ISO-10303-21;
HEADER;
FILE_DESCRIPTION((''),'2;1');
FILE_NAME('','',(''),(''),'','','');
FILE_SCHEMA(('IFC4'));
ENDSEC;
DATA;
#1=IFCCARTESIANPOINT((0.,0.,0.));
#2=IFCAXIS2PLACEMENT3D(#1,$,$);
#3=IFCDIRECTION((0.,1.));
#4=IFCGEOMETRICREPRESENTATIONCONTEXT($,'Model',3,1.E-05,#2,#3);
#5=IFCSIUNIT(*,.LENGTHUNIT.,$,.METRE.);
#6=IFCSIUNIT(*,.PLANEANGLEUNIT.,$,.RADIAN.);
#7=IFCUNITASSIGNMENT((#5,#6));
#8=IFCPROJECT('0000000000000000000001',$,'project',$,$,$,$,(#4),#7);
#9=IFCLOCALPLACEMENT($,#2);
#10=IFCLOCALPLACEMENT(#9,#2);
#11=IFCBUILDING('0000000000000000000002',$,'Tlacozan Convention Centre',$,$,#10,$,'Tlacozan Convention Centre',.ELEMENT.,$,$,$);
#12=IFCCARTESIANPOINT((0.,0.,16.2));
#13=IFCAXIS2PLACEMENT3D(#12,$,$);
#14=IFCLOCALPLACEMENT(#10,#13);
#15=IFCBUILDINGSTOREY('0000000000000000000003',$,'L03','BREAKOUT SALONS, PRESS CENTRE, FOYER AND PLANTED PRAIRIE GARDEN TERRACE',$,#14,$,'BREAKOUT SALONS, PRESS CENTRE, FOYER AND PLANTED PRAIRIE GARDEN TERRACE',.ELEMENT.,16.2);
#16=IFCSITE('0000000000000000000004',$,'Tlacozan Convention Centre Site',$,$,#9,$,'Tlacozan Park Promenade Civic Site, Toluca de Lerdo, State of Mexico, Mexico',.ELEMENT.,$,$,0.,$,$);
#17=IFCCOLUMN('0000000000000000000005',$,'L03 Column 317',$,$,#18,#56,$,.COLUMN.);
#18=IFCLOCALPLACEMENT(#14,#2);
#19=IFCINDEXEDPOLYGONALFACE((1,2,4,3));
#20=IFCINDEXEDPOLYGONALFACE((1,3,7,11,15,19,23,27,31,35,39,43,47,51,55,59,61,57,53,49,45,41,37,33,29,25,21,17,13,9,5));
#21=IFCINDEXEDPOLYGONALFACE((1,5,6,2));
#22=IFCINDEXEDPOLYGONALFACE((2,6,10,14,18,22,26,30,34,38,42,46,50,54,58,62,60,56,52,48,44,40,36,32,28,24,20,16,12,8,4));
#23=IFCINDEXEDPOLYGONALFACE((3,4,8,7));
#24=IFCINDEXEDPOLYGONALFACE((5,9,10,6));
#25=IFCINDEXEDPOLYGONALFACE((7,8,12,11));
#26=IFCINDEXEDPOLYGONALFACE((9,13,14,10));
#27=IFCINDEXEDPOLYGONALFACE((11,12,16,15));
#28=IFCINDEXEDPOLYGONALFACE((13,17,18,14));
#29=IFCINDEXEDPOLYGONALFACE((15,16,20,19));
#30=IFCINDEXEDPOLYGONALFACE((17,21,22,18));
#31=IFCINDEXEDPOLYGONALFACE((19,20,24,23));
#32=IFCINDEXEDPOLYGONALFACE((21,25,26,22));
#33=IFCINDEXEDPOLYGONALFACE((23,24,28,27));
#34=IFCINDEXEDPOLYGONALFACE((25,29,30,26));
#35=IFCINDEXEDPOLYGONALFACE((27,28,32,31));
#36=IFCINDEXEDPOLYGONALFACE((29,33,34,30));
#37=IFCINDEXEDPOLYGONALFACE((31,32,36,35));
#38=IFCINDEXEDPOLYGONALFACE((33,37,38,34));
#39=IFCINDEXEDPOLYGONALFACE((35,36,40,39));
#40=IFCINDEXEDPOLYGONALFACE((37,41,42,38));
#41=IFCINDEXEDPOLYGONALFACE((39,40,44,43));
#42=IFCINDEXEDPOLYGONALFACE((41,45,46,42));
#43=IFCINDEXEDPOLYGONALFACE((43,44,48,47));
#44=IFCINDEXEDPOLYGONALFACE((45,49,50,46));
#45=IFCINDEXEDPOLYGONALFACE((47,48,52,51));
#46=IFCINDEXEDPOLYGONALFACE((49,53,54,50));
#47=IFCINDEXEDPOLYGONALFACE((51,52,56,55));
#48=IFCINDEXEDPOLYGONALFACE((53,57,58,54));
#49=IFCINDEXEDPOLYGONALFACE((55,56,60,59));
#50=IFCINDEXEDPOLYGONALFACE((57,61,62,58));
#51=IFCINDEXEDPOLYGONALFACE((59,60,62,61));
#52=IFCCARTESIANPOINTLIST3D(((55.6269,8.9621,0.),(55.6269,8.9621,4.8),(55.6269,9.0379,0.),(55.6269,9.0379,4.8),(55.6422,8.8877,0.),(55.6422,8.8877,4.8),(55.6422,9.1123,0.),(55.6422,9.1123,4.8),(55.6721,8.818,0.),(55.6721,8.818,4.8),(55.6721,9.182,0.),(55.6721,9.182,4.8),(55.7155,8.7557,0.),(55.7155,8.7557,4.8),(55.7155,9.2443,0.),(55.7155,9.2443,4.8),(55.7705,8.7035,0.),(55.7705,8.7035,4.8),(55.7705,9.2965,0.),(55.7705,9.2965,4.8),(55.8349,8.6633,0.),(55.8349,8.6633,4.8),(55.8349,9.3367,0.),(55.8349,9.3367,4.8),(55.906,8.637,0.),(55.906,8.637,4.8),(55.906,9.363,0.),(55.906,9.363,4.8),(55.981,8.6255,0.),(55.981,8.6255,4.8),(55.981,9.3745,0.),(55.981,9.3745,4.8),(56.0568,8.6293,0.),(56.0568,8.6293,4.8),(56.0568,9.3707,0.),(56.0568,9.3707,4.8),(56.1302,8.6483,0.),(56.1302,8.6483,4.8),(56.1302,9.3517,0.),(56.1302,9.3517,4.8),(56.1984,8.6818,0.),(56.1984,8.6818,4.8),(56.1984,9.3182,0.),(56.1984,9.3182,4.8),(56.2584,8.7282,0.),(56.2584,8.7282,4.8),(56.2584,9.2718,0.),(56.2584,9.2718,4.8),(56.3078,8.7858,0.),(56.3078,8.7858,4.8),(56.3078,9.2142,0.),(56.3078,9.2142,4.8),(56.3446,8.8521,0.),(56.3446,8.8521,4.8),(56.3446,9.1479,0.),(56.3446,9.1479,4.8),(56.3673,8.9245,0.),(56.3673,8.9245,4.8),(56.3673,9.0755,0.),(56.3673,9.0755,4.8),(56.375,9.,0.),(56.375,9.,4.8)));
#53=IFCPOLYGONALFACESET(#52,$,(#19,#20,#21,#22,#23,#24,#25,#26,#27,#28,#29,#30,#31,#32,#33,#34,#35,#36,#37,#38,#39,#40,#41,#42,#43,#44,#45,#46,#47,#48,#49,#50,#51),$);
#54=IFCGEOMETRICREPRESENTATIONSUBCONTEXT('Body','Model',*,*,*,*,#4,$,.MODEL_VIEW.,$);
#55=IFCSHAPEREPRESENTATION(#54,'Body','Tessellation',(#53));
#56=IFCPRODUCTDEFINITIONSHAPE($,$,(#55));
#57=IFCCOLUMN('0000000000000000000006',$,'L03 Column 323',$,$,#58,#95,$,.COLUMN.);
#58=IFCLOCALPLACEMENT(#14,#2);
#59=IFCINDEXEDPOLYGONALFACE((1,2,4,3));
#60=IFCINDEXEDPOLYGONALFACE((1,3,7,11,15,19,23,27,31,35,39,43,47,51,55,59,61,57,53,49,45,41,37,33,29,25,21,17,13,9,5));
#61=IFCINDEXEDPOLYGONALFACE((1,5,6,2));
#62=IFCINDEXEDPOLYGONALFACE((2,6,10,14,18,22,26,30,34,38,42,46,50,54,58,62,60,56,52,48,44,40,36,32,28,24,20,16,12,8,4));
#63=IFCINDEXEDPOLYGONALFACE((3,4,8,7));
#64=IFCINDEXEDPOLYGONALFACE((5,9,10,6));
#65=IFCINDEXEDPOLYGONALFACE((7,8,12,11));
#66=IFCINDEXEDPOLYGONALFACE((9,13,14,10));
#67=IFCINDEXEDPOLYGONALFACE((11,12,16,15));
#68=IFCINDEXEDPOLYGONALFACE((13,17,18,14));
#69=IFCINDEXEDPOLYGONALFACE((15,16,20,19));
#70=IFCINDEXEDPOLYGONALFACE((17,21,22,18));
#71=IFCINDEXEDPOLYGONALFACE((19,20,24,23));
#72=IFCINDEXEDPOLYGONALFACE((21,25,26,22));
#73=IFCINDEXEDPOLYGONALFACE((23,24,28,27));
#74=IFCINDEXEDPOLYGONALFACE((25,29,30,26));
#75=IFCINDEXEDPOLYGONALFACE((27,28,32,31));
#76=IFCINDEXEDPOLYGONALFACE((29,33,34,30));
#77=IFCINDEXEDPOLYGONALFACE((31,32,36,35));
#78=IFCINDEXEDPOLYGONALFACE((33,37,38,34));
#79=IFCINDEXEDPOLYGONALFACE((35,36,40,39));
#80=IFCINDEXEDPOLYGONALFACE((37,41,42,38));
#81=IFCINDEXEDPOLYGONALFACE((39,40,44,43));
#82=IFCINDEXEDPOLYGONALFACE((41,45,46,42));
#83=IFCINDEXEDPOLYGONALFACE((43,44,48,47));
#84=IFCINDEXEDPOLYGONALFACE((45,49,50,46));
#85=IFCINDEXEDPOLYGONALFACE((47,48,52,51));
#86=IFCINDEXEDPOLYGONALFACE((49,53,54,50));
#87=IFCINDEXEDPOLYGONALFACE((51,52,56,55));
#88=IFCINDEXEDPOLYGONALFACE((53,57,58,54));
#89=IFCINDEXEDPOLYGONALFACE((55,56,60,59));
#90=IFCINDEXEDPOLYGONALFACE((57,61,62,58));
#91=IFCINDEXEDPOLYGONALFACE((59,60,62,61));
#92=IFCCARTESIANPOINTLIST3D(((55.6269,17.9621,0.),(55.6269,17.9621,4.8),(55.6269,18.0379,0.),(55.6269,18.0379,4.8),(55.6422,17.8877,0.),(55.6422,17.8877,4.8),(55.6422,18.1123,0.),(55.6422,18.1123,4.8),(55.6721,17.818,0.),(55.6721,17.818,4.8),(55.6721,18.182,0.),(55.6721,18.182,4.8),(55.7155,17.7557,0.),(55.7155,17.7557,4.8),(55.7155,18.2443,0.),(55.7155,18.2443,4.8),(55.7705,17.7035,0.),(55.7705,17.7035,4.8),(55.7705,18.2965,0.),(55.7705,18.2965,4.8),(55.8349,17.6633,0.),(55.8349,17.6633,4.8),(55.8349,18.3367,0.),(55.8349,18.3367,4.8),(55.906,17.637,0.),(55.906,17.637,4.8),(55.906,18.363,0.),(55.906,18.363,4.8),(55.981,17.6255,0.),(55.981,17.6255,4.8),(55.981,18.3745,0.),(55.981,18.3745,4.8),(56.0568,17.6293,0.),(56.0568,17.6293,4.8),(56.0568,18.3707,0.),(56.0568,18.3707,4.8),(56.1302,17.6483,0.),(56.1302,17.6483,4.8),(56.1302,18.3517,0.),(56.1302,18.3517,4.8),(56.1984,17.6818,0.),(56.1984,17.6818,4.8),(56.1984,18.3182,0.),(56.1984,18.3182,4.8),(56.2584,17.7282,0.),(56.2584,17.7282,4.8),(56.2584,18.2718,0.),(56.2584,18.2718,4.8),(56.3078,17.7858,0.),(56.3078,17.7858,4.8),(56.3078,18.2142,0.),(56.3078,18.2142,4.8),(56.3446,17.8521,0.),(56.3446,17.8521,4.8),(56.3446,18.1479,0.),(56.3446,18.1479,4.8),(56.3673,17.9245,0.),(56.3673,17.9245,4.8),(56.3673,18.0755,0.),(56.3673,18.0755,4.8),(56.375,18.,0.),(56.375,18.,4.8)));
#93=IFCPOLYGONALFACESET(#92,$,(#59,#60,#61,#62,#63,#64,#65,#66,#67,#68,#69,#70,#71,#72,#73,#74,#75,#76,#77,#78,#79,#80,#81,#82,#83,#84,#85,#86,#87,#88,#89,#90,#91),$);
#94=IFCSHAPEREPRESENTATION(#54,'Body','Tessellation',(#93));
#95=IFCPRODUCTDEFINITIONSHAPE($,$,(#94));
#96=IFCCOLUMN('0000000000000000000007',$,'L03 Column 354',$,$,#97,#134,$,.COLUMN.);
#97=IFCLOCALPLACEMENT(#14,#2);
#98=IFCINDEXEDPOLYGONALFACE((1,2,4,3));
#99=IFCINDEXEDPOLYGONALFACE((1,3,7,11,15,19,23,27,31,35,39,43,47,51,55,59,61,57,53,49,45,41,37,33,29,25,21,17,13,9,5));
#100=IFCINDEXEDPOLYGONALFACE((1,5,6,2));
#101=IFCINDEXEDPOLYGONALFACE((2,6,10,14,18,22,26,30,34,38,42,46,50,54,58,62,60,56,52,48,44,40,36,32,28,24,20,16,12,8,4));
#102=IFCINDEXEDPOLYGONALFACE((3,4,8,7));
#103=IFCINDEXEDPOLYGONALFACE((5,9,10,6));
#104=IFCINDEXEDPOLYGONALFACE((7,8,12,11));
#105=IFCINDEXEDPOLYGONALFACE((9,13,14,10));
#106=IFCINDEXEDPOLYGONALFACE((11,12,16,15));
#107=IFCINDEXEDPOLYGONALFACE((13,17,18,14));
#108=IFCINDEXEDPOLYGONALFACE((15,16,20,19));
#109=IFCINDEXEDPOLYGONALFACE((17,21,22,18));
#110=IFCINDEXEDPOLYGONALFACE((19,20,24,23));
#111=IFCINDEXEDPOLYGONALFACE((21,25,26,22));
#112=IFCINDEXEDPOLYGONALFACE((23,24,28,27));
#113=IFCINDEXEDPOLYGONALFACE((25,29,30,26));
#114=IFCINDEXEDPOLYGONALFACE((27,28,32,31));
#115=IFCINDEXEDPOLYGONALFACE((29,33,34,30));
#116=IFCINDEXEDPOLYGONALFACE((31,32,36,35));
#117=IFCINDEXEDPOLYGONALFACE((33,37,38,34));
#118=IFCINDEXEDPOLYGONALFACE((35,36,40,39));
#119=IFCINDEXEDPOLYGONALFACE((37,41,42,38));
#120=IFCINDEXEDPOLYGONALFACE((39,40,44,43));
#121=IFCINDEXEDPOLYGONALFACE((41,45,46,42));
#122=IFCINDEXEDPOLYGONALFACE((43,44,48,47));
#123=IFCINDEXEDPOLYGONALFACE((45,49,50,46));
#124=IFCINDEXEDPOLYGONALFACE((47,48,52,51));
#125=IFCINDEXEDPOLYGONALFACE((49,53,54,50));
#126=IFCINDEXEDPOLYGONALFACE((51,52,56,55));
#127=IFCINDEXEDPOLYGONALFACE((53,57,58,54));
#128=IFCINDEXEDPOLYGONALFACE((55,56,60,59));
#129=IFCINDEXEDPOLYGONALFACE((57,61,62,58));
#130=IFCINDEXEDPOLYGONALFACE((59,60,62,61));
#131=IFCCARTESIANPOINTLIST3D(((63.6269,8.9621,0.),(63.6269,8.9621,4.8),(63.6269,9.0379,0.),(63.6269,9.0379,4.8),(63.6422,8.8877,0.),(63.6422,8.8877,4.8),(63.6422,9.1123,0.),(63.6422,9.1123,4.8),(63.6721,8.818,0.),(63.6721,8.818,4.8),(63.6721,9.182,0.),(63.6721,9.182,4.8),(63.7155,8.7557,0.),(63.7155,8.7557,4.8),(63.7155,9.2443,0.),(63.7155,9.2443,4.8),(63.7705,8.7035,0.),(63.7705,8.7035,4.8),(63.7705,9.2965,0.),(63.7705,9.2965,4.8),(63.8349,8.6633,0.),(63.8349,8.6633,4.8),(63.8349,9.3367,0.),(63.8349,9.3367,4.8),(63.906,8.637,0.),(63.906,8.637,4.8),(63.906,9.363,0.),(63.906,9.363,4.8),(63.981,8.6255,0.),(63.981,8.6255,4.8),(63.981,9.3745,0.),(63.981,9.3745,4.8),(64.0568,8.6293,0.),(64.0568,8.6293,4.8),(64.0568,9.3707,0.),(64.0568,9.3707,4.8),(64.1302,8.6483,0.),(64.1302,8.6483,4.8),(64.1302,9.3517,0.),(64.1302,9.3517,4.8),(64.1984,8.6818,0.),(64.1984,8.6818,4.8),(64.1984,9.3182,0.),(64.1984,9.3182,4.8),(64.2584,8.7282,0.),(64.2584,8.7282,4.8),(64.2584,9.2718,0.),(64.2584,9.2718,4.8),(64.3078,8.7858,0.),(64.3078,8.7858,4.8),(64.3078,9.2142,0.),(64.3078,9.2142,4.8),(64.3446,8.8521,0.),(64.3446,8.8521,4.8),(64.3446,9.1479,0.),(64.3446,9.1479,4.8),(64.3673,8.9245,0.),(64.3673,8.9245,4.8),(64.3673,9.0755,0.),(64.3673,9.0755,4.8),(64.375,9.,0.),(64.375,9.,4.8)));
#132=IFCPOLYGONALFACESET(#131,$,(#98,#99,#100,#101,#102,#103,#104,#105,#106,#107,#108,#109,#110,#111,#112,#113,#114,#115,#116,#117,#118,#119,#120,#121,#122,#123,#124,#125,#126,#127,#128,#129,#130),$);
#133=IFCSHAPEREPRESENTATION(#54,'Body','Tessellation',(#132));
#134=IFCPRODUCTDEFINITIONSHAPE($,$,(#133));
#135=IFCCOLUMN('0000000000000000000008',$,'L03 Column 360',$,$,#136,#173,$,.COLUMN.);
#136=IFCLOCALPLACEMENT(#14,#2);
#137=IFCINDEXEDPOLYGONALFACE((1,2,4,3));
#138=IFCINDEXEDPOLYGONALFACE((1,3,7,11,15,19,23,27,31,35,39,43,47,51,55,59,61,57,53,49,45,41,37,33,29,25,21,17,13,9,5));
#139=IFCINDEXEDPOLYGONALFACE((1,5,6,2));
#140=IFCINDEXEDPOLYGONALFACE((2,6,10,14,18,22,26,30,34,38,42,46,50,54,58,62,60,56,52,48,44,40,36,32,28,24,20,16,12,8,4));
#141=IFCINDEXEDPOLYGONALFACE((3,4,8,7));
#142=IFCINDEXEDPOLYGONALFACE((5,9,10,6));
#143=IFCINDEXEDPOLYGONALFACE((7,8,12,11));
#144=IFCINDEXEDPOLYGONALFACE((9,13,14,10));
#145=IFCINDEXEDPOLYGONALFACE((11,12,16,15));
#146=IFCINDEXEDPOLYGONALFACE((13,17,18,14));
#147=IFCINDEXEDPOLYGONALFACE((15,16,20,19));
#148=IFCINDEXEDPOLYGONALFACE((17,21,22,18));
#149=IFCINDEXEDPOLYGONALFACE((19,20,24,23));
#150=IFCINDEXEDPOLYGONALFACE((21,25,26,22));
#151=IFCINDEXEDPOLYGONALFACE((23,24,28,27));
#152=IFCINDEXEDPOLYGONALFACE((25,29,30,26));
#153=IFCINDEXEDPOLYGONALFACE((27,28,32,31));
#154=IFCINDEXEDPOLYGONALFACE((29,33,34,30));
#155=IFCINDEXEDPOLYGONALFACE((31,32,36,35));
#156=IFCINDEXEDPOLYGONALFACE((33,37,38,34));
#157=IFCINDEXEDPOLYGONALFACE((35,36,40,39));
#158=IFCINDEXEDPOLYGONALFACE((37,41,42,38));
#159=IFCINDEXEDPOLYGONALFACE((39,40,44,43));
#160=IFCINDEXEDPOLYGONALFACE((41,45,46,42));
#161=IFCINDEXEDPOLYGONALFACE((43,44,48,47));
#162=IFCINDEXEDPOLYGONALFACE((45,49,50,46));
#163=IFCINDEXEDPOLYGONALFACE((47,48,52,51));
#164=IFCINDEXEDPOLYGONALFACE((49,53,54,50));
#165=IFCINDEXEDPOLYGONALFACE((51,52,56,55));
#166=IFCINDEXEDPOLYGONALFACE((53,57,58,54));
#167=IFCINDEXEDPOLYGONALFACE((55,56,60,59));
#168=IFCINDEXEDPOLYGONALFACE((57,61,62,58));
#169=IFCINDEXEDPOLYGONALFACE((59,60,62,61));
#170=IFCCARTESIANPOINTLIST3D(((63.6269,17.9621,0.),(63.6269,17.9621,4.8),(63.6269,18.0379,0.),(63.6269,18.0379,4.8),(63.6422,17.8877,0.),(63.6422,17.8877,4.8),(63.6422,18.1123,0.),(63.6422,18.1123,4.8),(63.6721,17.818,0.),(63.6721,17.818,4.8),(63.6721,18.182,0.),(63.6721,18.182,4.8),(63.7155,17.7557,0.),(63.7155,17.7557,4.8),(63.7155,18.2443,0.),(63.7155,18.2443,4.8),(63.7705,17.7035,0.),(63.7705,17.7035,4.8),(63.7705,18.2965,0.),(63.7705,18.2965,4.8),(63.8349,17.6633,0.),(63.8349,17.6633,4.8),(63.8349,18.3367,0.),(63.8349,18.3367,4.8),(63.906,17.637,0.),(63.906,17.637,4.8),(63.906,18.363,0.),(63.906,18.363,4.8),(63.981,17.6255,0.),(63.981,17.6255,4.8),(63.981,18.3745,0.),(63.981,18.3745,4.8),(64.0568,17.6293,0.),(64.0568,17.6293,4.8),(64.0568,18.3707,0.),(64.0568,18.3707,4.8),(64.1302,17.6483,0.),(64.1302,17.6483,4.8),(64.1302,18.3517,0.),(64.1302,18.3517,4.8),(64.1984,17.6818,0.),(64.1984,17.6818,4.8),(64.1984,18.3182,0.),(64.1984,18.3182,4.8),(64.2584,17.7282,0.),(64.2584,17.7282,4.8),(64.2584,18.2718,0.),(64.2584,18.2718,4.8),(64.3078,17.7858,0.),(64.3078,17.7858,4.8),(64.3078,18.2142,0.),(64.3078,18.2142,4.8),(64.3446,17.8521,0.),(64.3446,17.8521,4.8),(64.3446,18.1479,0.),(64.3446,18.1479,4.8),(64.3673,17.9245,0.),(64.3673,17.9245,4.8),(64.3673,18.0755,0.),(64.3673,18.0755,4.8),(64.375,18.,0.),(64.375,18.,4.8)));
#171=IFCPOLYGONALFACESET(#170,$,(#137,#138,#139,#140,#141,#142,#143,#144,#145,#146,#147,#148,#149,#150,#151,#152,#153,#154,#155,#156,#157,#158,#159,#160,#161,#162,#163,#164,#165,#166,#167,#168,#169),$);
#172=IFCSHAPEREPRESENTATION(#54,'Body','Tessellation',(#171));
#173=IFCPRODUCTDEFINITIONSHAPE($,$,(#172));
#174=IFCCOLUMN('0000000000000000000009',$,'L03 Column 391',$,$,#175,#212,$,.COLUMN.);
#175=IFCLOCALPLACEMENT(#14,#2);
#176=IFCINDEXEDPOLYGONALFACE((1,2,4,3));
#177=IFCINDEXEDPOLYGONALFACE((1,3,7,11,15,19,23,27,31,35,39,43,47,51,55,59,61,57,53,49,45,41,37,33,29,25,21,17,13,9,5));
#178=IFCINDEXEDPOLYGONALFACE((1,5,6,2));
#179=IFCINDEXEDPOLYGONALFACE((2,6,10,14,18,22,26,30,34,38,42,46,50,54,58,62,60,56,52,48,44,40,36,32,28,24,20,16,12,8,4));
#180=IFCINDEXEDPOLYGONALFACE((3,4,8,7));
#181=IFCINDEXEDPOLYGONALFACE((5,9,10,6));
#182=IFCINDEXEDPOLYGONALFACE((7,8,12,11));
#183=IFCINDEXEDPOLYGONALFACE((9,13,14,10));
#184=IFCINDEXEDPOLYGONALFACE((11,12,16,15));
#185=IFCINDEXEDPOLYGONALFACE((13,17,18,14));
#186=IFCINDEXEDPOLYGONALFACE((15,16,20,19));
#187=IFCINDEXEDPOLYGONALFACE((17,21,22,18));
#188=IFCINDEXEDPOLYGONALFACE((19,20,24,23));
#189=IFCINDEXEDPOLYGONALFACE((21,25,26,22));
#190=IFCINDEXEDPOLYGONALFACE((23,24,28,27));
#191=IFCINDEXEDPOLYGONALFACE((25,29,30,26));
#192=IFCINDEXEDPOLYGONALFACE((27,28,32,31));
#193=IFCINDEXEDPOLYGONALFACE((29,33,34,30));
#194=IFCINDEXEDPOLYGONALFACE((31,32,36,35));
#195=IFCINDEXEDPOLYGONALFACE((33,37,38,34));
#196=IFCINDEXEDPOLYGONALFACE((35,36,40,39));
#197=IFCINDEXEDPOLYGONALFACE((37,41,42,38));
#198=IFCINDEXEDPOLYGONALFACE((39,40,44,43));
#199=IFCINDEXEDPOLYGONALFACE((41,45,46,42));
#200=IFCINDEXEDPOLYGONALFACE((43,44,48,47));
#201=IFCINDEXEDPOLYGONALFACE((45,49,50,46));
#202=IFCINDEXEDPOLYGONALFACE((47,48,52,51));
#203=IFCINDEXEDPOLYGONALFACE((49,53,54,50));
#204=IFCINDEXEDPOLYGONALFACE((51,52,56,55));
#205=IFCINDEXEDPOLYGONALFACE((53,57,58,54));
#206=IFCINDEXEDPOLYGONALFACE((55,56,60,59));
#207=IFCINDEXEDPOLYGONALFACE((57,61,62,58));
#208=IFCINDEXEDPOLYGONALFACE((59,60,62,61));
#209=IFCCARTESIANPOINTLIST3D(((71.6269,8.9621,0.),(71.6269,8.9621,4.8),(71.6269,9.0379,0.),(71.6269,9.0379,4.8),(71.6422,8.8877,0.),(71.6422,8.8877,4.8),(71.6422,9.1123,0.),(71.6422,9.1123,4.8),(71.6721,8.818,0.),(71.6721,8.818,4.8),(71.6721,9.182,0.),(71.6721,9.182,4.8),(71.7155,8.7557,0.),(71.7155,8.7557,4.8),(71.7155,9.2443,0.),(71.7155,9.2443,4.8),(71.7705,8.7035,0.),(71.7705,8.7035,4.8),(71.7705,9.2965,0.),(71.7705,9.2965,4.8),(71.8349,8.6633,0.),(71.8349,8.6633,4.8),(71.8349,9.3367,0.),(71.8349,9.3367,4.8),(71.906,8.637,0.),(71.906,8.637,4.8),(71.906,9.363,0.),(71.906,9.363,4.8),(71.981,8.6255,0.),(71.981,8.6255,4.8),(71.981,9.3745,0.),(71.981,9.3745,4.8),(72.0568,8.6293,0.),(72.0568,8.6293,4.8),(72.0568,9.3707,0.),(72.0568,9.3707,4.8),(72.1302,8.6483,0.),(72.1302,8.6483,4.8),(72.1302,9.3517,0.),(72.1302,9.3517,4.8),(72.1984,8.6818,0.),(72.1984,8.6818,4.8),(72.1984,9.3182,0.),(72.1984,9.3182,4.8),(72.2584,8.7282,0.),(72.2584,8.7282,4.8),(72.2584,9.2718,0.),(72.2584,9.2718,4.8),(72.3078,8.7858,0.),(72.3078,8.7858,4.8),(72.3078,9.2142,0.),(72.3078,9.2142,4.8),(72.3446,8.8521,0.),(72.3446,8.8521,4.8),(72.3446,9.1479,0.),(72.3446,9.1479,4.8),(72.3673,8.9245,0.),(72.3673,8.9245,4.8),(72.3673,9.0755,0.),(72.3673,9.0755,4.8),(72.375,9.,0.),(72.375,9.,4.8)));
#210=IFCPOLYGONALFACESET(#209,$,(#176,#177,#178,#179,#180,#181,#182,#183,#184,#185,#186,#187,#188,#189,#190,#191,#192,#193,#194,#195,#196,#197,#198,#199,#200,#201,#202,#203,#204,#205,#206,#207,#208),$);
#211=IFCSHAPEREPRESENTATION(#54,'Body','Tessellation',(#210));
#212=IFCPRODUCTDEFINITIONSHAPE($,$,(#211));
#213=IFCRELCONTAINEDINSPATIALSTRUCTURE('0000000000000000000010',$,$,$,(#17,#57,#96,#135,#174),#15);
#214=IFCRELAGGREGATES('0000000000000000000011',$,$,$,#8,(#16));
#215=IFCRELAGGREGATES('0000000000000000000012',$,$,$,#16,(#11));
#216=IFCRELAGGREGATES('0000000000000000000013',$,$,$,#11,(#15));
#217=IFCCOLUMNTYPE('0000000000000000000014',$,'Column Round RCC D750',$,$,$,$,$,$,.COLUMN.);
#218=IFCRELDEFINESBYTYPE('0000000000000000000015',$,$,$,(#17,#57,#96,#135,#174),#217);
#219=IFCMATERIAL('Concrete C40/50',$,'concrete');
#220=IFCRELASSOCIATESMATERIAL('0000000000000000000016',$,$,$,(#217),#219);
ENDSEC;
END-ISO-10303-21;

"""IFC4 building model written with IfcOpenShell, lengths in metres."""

from ifc_helpers import new_model, si_unit, direction, frame, origin, origin_2d, place, context, subcontext, project, spatial, circle, extrude, material, material_profile, profile_set, type_object, element, save


model = new_model("IFC4")

# Units and contexts
model_context = context("Model", 3, precision=1e-05, world=origin(), true_north=direction((0.0, 1.0)))
body_context = subcontext(model_context, "Body", "Model", "MODEL_VIEW")
ifc_project = project(units=[si_unit("LENGTHUNIT", "METRE"), si_unit("PLANEANGLEUNIT", "RADIAN")], contexts=[model_context])

# Site, building, storey
site_placement = place(None, origin())
site = spatial("IfcSite", under=ifc_project, at=site_placement, Name="Tlacozan Convention Centre Site", LongName="Tlacozan Park Promenade Civic Site, Toluca de Lerdo, State of Mexico, Mexico", CompositionType="ELEMENT", RefElevation=0.0)
building_placement = place(site_placement, origin())
building = spatial("IfcBuilding", under=site, at=building_placement, Name="Tlacozan Convention Centre", LongName="Tlacozan Convention Centre", CompositionType="ELEMENT")
storey_placement = place(building_placement, frame((0.0, 0.0, 16.2)))
storey = spatial("IfcBuildingStorey", under=building, at=storey_placement, Name="L03", Description="BREAKOUT SALONS, PRESS CENTRE, FOYER AND PLANTED PRAIRIE GARDEN TERRACE", LongName="BREAKOUT SALONS, PRESS CENTRE, FOYER AND PLANTED PRAIRIE GARDEN TERRACE", CompositionType="ELEMENT", Elevation=16.2)

# Columns
ifc_material_1 = material(Name="Concrete C40/50", Category="concrete")
ifc_material_profile_1 = material_profile(ifc_material_1, circle(Radius=0.375, at=origin_2d()), Name="RCC D750")
ifc_profile_set_1 = profile_set([ifc_material_profile_1], Name="Concrete C40/50")
column_type = type_object("IfcColumnType", Name="Column Round RCC D750", PredefinedType="COLUMN", material=ifc_profile_set_1)
for number, where, z_axis, x_axis, name in (
    (1, (56.0, 9.0, 0.0), (0.0, 0.0, 1.0), (1.0, 0.0, 0.0), "L03 Column 317"),
    (2, (56.0, 18.0, 0.0), (0.0, 0.0, 1.0), (1.0, 0.0, 0.0), "L03 Column 323"),
    (3, (64.0, 9.0, 0.0), (0.0, 0.0, 1.0), (1.0, 0.0, 0.0), "L03 Column 354"),
    (4, (64.0, 18.0, 0.0), (0.0, 0.0, 1.0), (1.0, 0.0, 0.0), "L03 Column 360"),
    (5, (72.0, 9.0, 0.0), (0.0, 0.0, 1.0), (1.0, 0.0, 0.0), "L03 Column 391"),
):
    element("IfcColumn", number, at=place(storey_placement, frame(where, z_axis=z_axis, x_axis=x_axis)), inside=storey, type_object=column_type, Name=name, PredefinedType="COLUMN", context=body_context, shape_type="SweptSolid", body=[
        extrude(circle(Radius=0.375, at=origin_2d()), origin(), (0.0, 0.0, 1.0), 4.8),
    ])

save(model, "model.ifc")
